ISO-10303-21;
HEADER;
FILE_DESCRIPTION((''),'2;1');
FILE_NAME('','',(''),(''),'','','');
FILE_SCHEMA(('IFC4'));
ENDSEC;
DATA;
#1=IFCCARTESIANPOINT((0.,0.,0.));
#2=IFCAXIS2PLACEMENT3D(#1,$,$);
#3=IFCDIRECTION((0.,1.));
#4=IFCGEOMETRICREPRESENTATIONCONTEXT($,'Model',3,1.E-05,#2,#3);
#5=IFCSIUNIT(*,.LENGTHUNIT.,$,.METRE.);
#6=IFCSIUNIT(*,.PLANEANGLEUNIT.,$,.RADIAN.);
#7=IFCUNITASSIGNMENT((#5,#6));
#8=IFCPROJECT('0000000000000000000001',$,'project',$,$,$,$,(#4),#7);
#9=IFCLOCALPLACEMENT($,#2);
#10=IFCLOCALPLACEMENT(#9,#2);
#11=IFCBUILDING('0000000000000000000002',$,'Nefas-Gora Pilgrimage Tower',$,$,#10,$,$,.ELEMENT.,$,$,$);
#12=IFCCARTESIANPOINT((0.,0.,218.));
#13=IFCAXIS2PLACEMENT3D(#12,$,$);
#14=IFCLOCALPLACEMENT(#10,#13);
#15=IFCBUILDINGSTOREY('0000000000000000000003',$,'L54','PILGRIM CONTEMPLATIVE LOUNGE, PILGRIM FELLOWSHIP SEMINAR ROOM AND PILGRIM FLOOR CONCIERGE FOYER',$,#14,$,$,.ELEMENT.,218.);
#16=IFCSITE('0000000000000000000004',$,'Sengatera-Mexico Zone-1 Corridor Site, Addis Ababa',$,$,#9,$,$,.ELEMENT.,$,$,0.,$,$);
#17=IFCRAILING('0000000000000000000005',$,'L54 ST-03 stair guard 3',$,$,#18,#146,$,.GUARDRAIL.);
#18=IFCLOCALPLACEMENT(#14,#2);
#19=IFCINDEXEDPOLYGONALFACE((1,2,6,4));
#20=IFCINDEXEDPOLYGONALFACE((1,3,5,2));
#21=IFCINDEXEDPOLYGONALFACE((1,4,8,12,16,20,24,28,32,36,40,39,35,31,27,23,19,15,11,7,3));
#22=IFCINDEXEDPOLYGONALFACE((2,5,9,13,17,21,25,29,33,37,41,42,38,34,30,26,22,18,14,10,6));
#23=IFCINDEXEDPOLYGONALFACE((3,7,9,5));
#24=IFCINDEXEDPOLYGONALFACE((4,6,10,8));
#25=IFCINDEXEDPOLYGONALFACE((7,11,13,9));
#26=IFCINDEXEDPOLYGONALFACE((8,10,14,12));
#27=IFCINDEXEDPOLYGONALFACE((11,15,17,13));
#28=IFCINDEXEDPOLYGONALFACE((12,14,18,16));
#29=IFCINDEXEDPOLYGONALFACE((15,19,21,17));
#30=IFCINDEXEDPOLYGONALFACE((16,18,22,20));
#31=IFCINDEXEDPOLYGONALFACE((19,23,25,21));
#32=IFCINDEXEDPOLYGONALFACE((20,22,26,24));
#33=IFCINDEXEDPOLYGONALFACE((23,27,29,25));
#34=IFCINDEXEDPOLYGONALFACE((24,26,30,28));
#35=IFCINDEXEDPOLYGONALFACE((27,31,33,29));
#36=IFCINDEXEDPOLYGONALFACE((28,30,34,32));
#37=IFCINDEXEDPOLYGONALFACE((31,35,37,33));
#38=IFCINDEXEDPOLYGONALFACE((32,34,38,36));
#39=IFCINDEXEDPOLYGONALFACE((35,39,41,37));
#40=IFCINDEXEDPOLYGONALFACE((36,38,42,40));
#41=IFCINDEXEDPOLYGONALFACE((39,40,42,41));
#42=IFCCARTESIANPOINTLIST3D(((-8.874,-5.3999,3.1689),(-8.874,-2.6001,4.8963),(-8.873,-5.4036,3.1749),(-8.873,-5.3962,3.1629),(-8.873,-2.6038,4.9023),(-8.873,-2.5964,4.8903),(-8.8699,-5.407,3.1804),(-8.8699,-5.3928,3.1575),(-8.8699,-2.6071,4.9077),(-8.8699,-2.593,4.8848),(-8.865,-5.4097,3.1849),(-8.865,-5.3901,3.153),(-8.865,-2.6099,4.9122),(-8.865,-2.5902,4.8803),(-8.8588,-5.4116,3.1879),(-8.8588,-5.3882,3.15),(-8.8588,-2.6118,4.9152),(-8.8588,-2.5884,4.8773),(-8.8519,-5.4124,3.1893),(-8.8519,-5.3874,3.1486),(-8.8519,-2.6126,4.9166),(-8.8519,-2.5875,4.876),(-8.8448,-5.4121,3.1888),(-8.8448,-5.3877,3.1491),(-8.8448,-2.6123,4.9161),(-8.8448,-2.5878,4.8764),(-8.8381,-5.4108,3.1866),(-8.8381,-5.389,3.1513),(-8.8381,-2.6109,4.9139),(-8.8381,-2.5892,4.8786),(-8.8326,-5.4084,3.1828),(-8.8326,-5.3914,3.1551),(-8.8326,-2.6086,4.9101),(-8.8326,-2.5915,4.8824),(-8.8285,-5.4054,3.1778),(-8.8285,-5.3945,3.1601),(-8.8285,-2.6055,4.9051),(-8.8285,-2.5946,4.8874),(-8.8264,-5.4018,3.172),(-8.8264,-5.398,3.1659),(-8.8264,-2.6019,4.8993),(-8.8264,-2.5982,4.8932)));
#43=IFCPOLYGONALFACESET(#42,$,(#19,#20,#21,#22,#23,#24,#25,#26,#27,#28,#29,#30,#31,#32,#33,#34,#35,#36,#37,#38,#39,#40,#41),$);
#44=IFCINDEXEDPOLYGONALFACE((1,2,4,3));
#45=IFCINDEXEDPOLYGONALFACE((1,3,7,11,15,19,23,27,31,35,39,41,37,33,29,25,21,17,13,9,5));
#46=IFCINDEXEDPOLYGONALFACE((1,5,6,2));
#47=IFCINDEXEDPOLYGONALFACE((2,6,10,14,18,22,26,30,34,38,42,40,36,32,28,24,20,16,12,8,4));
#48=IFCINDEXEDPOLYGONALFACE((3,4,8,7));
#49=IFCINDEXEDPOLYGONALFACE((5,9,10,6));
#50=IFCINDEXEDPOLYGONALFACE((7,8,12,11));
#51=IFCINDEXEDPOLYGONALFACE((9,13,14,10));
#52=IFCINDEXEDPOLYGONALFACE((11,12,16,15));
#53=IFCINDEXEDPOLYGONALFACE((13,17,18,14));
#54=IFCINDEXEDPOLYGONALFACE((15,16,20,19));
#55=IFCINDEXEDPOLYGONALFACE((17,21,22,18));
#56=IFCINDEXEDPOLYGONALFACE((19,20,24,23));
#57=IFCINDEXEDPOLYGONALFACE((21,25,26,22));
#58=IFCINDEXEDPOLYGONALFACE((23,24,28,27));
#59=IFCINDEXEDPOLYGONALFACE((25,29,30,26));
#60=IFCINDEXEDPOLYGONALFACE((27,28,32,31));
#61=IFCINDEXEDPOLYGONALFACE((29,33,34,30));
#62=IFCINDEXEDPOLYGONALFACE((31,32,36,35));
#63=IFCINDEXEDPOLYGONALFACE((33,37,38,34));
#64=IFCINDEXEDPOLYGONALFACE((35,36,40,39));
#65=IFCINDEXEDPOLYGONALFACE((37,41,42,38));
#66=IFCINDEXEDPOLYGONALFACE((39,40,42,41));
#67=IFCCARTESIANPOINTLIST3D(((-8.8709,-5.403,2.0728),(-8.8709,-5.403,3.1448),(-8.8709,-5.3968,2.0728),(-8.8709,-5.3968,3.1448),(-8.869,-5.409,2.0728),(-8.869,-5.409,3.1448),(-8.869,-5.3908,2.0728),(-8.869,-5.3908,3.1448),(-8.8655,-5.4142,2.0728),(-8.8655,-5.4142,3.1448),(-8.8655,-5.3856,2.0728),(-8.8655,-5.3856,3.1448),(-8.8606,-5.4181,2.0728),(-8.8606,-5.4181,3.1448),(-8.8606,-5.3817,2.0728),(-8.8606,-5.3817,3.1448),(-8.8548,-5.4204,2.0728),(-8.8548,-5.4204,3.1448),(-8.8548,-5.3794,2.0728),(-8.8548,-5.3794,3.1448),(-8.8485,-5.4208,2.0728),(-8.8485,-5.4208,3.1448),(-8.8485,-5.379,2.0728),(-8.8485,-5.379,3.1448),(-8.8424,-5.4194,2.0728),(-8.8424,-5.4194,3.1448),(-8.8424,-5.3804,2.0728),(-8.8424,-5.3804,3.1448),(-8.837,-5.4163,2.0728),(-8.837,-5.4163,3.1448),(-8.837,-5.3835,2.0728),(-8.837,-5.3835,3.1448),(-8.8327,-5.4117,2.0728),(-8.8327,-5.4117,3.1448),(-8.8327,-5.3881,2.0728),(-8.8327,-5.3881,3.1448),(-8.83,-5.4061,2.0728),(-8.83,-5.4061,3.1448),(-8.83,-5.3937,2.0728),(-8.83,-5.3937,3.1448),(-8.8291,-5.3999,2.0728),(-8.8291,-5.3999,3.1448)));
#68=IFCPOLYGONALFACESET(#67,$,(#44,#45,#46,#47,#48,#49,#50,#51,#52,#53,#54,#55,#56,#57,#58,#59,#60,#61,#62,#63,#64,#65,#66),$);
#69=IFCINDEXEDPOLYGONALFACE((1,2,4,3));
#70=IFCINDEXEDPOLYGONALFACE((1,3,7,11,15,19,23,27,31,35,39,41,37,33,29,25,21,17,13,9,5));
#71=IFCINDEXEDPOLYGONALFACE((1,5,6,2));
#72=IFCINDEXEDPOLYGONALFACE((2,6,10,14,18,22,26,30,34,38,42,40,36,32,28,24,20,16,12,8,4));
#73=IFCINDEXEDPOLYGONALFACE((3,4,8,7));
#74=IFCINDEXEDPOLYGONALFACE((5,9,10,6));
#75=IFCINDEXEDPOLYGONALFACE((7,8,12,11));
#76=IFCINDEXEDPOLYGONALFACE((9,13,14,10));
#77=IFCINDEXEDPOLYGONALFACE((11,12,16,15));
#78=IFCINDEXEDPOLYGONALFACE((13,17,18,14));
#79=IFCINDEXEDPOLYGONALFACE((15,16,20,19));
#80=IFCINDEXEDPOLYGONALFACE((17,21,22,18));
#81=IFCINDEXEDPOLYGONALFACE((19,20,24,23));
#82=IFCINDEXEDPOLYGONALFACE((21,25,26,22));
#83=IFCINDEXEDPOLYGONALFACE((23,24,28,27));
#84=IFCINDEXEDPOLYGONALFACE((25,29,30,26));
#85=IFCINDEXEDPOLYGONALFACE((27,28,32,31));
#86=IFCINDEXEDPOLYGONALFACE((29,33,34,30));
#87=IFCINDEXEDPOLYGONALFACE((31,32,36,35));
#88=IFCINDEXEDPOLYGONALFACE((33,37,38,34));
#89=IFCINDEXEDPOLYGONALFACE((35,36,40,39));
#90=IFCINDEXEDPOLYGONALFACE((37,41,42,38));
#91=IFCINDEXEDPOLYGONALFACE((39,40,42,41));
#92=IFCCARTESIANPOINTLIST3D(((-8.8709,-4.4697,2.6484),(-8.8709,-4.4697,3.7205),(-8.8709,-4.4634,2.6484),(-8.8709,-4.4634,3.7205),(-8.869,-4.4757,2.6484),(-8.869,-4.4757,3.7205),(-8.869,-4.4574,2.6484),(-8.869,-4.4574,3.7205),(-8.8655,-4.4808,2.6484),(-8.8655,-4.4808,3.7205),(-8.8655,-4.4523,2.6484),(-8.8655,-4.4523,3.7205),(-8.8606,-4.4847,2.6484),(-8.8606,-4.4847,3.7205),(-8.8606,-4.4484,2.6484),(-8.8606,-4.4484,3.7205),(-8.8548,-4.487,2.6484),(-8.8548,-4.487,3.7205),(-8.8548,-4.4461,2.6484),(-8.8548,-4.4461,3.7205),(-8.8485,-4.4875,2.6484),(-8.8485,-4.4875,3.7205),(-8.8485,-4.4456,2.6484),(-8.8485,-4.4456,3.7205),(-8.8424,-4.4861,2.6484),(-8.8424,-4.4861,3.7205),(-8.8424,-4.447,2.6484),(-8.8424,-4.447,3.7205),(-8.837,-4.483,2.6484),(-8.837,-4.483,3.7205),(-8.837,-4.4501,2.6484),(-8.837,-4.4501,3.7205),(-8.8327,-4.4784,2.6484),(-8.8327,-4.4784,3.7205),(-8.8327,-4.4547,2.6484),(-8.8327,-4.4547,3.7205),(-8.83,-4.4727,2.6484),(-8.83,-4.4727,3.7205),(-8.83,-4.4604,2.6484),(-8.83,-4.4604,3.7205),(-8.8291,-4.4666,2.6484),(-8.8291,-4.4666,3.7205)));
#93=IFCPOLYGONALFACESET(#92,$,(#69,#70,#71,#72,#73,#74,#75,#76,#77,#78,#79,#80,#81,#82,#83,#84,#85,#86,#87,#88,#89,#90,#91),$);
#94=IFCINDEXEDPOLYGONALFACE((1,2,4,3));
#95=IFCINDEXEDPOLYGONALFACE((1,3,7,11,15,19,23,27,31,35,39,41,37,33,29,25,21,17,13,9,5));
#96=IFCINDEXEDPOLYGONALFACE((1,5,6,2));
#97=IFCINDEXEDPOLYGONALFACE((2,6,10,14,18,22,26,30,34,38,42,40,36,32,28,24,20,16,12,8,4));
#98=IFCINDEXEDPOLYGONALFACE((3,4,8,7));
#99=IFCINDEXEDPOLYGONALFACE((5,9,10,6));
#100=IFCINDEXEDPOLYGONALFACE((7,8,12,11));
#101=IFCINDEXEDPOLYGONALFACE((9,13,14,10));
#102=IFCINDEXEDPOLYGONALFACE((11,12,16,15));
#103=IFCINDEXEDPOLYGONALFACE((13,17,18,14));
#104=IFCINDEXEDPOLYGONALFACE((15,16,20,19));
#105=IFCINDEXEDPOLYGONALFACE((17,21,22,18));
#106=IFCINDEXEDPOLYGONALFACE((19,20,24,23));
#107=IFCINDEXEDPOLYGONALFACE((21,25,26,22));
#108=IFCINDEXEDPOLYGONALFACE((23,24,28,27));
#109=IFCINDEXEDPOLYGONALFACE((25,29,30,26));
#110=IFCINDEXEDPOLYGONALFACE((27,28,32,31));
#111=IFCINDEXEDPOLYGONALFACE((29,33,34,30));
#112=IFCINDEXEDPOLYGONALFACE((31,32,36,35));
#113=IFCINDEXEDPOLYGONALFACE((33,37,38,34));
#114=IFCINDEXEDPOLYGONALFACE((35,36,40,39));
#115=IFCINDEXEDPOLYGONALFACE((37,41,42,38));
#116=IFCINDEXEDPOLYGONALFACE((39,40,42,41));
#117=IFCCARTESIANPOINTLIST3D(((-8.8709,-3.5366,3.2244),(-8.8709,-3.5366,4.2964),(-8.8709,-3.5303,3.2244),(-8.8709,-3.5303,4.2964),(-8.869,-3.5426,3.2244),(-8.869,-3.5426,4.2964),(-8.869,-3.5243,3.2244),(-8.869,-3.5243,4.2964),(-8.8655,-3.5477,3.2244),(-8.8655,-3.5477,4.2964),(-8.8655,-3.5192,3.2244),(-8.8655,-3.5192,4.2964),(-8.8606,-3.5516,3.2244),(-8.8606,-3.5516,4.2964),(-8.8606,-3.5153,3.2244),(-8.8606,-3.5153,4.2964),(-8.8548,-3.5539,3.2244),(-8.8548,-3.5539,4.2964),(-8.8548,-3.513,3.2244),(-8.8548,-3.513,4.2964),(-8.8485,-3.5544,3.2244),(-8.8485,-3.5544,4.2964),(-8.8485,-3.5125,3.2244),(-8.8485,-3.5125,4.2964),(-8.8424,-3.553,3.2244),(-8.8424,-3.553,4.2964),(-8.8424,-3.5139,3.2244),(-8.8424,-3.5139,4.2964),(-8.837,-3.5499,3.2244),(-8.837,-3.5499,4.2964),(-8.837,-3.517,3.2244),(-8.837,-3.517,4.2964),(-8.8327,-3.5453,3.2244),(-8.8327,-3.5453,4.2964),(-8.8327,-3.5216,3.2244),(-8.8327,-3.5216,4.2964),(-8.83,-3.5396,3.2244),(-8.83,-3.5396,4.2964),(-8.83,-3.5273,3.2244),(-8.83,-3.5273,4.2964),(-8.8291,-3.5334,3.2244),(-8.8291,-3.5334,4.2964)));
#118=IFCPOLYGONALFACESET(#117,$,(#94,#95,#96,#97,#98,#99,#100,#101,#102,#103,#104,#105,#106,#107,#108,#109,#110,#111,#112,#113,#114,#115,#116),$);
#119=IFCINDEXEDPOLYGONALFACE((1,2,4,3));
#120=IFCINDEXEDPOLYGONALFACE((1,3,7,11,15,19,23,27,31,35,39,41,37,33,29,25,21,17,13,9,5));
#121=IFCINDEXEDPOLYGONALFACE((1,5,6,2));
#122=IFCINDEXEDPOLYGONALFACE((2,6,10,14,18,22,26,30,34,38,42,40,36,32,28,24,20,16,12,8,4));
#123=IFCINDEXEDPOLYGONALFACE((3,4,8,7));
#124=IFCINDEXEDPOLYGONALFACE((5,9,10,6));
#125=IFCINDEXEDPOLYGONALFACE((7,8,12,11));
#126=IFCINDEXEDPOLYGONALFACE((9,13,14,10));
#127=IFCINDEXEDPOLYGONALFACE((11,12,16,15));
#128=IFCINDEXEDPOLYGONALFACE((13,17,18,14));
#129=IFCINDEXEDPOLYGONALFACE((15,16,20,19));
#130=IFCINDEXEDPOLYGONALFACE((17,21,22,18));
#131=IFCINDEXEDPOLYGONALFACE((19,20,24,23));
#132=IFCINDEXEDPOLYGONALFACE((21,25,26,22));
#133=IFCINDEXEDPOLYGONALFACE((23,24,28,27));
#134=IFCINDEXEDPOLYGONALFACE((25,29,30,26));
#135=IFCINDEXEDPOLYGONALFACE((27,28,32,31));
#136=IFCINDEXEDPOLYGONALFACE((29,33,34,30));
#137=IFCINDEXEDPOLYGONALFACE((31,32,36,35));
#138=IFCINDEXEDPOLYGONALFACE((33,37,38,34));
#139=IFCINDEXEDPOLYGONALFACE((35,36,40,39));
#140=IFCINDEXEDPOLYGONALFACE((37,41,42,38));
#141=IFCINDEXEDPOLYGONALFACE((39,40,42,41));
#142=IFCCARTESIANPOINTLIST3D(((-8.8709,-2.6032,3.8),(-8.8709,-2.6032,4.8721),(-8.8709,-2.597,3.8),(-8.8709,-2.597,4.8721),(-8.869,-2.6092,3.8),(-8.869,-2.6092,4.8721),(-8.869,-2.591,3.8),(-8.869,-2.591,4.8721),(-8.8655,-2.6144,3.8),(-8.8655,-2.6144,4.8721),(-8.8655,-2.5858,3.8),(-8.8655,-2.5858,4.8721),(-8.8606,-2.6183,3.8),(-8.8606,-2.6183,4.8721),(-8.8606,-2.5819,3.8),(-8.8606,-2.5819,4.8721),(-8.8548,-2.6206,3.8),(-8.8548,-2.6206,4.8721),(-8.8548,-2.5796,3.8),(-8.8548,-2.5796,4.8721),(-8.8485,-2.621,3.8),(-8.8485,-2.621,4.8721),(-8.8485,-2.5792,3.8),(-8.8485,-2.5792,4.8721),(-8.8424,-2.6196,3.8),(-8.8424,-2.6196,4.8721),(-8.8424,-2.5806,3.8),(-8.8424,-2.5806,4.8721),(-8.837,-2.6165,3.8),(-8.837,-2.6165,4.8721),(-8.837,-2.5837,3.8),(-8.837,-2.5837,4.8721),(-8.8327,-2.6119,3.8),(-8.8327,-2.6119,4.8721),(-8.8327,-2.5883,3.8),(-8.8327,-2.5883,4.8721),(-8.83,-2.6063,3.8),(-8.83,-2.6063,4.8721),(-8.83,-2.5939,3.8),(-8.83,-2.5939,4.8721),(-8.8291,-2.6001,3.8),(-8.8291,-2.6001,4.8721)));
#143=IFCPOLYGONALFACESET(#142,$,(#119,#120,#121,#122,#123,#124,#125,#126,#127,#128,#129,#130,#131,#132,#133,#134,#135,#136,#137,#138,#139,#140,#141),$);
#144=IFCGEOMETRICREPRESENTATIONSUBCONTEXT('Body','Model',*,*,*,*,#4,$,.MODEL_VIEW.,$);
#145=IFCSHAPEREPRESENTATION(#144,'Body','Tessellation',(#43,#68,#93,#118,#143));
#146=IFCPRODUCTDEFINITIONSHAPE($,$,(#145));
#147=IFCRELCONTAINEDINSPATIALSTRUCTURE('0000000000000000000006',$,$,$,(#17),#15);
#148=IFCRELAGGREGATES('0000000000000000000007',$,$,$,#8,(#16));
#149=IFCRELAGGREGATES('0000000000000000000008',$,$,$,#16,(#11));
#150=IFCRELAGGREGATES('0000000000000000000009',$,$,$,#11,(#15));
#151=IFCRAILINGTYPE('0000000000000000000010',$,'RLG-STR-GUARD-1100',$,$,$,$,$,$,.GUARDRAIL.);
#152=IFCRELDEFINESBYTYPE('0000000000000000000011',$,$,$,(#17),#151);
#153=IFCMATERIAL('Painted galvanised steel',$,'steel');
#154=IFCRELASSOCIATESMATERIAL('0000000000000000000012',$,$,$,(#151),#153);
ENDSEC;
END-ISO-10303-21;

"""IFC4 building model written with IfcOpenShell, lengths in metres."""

from ifc_helpers import new_model, si_unit, direction, frame, origin, origin_2d, place, context, subcontext, project, spatial, circle, extrude, material, type_object, element, save


model = new_model("IFC4")

# Units and contexts
model_context = context("Model", 3, precision=1e-05, world=origin(), true_north=direction((0.0, 1.0)))
body_context = subcontext(model_context, "Body", "Model", "MODEL_VIEW")
ifc_project = project(units=[si_unit("LENGTHUNIT", "METRE"), si_unit("PLANEANGLEUNIT", "RADIAN")], contexts=[model_context])

# Site, building, storey
site_placement = place(None, origin())
site = spatial("IfcSite", under=ifc_project, at=site_placement, Name="Sengatera-Mexico Zone-1 Corridor Site, Addis Ababa", CompositionType="ELEMENT", RefElevation=0.0)
building_placement = place(site_placement, origin())
building = spatial("IfcBuilding", under=site, at=building_placement, Name="Nefas-Gora Pilgrimage Tower", CompositionType="ELEMENT")
storey_placement = place(building_placement, frame((0.0, 0.0, 218.0)))
storey = spatial("IfcBuildingStorey", under=building, at=storey_placement, Name="L54", Description="PILGRIM CONTEMPLATIVE LOUNGE, PILGRIM FELLOWSHIP SEMINAR ROOM AND PILGRIM FLOOR CONCIERGE FOYER", CompositionType="ELEMENT", Elevation=218.0)

# Railing
ifc_material_1 = material(Name="Painted galvanised steel", Category="steel")
railing_type_1 = type_object("IfcRailingType", Name="RLG-STR-GUARD-1100", PredefinedType="GUARDRAIL", material=ifc_material_1)
railing_1_placement = place(storey_placement, frame((-8.8501, -5.3999, 2.0728)))
element("IfcRailing", 1, at=railing_1_placement, inside=storey, type_object=railing_type_1, Name="L54 ST-03 stair guard 3", PredefinedType="GUARDRAIL", context=body_context, shape_type="SweptSolid", body=[
    extrude(circle(Radius=0.0239, at=origin_2d()), frame((0.0, 0.0, 1.0962), z_axis=(0.0, 0.851069, 0.525054), x_axis=(-1.0, 0.0, 0.0)), (0.0, 0.0, 1.0), 3.2898),
    extrude(circle(Radius=0.021, at=origin_2d()), origin(), (0.0, 0.0, 1.0), 1.072),
    extrude(circle(Radius=0.021, at=origin_2d()), frame((0.0, 0.9333, 0.5757)), (0.0, 0.0, 1.0), 1.072),
    extrude(circle(Radius=0.021, at=origin_2d()), frame((0.0, 1.8665, 1.1516)), (0.0, 0.0, 1.0), 1.072),
    extrude(circle(Radius=0.021, at=origin_2d()), frame((0.0, 2.7998, 1.7273)), (0.0, 0.0, 1.0), 1.072),
])

save(model, "model.ifc")
